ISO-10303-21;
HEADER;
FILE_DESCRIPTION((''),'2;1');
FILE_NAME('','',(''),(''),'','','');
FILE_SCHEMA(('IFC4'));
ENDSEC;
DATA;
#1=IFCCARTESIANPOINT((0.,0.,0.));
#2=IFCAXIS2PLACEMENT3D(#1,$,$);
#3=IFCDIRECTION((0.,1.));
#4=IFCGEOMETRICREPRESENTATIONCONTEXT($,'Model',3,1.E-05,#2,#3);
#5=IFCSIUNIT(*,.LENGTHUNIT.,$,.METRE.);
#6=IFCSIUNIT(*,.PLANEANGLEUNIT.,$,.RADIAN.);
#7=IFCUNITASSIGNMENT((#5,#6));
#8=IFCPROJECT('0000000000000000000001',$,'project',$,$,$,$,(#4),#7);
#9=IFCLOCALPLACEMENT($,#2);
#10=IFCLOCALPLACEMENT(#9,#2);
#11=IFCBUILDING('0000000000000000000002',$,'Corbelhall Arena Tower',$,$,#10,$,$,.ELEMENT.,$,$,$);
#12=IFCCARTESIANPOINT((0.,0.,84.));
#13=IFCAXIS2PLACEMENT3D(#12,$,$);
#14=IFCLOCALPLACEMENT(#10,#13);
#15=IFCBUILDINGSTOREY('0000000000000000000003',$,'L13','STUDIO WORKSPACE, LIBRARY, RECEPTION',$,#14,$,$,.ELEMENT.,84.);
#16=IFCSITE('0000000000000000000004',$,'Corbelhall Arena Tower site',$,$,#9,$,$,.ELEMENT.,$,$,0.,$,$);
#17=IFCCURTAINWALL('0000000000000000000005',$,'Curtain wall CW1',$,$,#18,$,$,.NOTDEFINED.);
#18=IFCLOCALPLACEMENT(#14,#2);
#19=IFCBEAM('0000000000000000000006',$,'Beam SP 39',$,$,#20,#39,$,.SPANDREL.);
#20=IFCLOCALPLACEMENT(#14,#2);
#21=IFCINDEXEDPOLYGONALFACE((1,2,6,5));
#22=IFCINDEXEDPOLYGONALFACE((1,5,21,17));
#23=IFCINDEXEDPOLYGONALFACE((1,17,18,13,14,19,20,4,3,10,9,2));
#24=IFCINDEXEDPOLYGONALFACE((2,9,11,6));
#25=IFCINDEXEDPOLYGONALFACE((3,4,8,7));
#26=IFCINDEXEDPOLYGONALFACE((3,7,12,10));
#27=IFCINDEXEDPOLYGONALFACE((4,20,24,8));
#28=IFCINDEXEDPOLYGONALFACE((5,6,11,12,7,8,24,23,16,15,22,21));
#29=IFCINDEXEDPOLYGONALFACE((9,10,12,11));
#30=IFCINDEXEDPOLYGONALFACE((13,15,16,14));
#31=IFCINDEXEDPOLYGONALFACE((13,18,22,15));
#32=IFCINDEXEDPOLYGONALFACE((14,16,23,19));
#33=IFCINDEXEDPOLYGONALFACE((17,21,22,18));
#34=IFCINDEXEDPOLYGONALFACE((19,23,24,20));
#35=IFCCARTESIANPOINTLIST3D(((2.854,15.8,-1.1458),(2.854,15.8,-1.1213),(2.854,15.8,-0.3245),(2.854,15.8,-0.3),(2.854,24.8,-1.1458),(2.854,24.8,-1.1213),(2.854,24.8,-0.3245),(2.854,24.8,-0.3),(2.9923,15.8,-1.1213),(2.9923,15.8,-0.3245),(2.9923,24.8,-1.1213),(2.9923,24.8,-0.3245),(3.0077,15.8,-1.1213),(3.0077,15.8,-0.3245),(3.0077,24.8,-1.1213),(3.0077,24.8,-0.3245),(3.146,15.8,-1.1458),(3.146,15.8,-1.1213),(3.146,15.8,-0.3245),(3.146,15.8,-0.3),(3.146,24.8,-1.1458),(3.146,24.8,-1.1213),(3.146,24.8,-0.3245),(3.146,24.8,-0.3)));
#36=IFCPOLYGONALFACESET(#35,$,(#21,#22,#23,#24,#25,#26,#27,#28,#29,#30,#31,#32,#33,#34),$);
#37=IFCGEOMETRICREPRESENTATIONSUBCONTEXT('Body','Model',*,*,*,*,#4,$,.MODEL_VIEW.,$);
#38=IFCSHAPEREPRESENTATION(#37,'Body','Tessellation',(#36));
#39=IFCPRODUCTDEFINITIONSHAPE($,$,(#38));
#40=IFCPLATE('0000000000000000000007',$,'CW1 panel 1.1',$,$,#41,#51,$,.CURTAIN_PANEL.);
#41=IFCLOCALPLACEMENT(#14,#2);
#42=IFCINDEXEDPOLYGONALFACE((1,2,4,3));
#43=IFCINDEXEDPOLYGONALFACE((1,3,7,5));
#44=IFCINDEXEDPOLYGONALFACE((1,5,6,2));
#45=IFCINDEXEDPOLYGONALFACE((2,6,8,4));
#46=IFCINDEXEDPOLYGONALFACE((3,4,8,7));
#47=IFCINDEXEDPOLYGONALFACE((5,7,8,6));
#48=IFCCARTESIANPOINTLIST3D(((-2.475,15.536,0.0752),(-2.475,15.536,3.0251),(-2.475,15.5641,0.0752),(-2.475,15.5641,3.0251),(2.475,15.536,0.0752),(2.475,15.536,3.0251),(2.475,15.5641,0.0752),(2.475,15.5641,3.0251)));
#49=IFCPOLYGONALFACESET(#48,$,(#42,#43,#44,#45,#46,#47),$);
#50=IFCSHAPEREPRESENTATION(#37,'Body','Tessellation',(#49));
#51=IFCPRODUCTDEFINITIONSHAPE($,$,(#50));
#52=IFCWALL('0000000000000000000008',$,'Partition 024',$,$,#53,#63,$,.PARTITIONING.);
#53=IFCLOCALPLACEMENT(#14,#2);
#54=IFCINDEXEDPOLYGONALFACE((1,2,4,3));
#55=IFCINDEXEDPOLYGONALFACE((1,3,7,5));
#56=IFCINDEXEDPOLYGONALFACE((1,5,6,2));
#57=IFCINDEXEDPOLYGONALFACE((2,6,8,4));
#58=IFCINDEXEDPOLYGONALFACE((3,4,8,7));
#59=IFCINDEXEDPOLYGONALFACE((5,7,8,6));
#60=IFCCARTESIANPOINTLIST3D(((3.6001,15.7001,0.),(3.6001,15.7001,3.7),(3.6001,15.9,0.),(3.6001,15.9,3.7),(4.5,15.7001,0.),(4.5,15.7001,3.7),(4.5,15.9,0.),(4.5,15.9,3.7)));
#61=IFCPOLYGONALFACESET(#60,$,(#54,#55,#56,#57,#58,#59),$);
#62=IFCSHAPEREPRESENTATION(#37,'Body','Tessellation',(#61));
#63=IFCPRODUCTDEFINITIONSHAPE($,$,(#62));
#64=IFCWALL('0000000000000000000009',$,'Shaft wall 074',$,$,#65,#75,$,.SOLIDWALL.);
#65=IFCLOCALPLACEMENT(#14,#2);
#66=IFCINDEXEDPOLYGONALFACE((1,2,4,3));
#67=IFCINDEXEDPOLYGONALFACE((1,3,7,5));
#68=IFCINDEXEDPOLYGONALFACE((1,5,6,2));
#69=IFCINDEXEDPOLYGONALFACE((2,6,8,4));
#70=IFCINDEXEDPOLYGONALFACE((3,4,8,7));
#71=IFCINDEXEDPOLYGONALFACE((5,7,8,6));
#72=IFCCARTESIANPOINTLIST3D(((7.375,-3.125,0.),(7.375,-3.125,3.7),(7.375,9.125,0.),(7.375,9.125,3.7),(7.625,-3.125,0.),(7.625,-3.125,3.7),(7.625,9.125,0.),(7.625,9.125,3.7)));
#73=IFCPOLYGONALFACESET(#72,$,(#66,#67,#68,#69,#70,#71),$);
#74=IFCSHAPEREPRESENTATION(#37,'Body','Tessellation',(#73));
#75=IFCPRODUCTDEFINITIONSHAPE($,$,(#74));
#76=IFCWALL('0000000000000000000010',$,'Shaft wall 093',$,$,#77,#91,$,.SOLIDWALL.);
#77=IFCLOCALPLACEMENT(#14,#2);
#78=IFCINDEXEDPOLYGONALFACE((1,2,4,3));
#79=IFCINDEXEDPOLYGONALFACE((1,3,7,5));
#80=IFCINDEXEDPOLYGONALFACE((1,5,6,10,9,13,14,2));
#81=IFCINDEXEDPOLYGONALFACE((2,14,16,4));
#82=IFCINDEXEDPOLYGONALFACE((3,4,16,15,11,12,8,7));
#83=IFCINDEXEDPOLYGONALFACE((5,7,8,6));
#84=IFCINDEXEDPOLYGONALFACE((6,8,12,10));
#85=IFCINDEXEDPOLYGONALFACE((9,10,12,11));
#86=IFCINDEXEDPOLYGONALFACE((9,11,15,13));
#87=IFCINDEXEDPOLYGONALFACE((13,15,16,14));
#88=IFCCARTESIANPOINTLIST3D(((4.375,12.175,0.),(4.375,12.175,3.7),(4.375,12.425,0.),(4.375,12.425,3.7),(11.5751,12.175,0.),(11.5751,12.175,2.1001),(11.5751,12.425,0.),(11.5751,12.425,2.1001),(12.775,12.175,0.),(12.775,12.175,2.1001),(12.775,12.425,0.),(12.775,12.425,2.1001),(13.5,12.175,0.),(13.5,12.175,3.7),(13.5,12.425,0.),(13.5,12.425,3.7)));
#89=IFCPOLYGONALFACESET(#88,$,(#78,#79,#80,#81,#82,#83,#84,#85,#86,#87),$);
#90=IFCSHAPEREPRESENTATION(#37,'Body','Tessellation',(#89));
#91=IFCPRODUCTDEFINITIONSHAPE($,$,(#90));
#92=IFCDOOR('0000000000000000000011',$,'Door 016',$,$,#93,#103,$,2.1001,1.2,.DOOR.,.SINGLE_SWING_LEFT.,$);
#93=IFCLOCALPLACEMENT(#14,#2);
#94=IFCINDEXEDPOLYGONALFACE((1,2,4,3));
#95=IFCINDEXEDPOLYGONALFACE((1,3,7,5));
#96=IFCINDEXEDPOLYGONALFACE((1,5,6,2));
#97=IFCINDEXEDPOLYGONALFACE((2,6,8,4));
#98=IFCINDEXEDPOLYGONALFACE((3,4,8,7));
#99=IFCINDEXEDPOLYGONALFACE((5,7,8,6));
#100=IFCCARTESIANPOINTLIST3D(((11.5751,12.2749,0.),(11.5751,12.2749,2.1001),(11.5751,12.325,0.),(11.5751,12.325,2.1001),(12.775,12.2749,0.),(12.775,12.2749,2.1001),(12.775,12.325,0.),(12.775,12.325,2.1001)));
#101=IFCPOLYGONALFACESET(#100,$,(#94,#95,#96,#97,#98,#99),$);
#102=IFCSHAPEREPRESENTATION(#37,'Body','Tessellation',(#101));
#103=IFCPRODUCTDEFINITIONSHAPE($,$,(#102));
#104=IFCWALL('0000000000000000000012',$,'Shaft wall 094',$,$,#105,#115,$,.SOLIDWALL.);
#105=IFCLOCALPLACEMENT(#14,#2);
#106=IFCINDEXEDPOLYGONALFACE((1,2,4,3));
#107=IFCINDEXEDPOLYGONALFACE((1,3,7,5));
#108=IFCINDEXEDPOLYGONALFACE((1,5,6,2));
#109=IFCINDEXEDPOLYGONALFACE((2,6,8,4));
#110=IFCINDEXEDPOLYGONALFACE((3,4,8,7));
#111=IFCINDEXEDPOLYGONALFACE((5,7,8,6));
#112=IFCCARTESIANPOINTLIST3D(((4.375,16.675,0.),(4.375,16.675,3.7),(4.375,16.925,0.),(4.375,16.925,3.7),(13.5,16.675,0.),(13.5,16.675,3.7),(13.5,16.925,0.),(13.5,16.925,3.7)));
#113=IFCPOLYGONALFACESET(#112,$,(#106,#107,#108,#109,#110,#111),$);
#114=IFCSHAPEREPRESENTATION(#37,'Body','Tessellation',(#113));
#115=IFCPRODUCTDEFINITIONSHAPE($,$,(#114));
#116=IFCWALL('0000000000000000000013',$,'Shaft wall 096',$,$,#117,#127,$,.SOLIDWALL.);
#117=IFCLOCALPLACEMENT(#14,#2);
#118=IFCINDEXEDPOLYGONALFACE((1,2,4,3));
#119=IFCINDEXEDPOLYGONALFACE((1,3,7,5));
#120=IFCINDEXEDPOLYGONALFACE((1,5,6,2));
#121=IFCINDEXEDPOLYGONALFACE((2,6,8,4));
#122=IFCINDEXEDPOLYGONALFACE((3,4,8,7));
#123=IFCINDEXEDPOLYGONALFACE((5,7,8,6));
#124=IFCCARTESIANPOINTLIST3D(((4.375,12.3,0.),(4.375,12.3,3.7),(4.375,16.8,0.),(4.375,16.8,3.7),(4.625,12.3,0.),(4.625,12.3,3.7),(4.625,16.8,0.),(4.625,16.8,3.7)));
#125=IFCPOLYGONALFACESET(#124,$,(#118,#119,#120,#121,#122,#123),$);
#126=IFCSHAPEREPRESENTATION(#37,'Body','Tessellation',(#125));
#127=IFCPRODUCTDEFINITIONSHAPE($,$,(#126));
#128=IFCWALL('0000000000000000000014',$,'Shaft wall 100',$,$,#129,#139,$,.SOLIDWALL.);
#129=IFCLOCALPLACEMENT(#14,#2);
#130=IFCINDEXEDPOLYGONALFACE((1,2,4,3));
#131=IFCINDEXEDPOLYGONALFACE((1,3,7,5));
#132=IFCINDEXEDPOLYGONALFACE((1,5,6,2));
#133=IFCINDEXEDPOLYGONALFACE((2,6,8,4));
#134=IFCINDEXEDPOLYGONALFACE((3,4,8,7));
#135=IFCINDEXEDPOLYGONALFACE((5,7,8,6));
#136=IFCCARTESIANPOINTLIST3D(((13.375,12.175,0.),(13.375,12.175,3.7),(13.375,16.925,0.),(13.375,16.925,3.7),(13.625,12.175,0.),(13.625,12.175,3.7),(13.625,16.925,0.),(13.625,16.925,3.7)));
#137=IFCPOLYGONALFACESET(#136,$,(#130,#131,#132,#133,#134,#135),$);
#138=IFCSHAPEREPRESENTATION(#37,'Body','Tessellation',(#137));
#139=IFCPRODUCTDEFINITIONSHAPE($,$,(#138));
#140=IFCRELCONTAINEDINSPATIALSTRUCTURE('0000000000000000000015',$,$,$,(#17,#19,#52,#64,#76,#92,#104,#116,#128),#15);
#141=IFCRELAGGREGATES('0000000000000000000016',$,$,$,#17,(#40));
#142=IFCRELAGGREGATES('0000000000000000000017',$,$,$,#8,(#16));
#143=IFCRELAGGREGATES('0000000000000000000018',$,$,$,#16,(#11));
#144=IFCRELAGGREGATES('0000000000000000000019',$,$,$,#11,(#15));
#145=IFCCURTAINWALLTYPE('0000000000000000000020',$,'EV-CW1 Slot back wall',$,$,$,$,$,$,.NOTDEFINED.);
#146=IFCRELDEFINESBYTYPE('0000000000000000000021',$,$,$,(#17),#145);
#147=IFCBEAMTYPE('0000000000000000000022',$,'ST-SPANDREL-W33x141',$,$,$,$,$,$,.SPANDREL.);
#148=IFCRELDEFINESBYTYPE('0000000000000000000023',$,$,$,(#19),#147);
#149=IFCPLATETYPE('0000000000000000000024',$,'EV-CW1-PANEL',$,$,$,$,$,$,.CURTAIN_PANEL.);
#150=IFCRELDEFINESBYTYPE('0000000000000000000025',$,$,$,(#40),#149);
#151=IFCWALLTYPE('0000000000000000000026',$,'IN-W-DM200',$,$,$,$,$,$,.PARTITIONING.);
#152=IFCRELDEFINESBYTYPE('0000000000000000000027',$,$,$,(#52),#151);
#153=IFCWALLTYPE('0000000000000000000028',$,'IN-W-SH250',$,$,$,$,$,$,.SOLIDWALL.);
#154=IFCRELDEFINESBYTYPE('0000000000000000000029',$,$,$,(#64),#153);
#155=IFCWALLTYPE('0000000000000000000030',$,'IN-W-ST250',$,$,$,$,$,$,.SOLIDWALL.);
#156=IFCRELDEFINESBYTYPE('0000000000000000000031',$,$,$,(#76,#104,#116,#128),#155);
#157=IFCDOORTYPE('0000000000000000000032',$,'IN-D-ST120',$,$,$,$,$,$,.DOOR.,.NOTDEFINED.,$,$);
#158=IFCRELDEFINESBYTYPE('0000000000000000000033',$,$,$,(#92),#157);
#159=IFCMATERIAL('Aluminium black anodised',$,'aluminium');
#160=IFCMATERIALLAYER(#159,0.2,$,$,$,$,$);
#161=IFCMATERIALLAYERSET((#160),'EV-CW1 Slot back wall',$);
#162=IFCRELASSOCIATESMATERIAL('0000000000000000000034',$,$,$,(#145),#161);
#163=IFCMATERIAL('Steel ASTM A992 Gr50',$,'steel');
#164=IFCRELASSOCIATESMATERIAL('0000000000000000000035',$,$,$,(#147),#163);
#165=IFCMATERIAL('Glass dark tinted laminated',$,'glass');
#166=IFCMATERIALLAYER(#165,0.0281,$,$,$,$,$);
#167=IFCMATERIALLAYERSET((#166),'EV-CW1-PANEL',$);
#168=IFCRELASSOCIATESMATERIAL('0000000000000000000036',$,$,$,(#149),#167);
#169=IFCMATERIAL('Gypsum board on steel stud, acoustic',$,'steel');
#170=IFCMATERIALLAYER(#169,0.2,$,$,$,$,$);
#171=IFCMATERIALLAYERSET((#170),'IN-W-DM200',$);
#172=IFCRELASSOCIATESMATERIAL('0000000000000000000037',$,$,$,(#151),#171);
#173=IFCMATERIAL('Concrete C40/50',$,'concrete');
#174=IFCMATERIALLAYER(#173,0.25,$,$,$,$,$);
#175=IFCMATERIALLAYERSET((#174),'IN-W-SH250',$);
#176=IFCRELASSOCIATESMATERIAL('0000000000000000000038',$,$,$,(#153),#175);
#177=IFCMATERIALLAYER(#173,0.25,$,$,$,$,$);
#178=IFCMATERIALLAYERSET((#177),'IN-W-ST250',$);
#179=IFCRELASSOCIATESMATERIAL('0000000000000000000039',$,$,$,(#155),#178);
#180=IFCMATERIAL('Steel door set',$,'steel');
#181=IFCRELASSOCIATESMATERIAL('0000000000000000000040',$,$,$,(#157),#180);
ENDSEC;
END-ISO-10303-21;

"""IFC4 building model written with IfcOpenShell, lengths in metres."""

from ifc_helpers import new_model, si_unit, direction, frame, frame_2d, origin, origin_2d, place, context, subcontext, project, spatial, rectangle, i_section, extrude, material, layer, layer_set, material_profile, profile_set, type_object, element, fill, aggregate, save


model = new_model("IFC4")

# Units and contexts
model_context = context("Model", 3, precision=1e-05, world=origin(), true_north=direction((0.0, 1.0)))
body_context = subcontext(model_context, "Body", "Model", "MODEL_VIEW")
ifc_project = project(units=[si_unit("LENGTHUNIT", "METRE"), si_unit("PLANEANGLEUNIT", "RADIAN")], contexts=[model_context])

# Site, building, storey
site_placement = place(None, origin())
site = spatial("IfcSite", under=ifc_project, at=site_placement, Name="Corbelhall Arena Tower site", CompositionType="ELEMENT", RefElevation=0.0)
building_placement = place(site_placement, origin())
building = spatial("IfcBuilding", under=site, at=building_placement, Name="Corbelhall Arena Tower", CompositionType="ELEMENT")
storey_placement = place(building_placement, frame((0.0, 0.0, 84.0)))
storey = spatial("IfcBuildingStorey", under=building, at=storey_placement, Name="L13", Description="STUDIO WORKSPACE, LIBRARY, RECEPTION", CompositionType="ELEMENT", Elevation=84.0)

# Curtain wall
ifc_material_1 = material(Name="Aluminium black anodised", Category="aluminium")
ifc_layer_1 = layer(ifc_material_1, 0.2)
ifc_layer_set_1 = layer_set([ifc_layer_1], Name="EV-CW1 Slot back wall")
curtain_wall_type = type_object("IfcCurtainWallType", Name="EV-CW1 Slot back wall", PredefinedType="NOTDEFINED", material=ifc_layer_set_1)
curtain_wall_placement = place(storey_placement, origin())
curtain_wall = element("IfcCurtainWall", 1, at=curtain_wall_placement, inside=storey, type_object=curtain_wall_type, Name="Curtain wall CW1", PredefinedType="NOTDEFINED")

# Beam
ifc_material_2 = material(Name="Steel ASTM A992 Gr50", Category="steel")
ifc_material_profile_1 = material_profile(ifc_material_2, i_section(OverallWidth=0.292, OverallDepth=0.8457, WebThickness=0.0154, FlangeThickness=0.0244, at=origin_2d()))
ifc_profile_set_1 = profile_set([ifc_material_profile_1], Name="Steel ASTM A992 Gr50")
beam_type_1 = type_object("IfcBeamType", Name="ST-SPANDREL-W33x141", PredefinedType="SPANDREL", material=ifc_profile_set_1)
beam_1_placement = place(storey_placement, frame((3.0, 15.8, -0.7229), z_axis=(0.0, 1.0, 0.0), x_axis=(-1.0, 0.0, 0.0)))
element("IfcBeam", 2, at=beam_1_placement, inside=storey, type_object=beam_type_1, Name="Beam SP 39", PredefinedType="SPANDREL", context=body_context, shape_type="SweptSolid", body=[
    extrude(i_section(OverallWidth=0.292, OverallDepth=0.8457, WebThickness=0.0154, FlangeThickness=0.0244, at=origin_2d()), origin(), (0.0, 0.0, 1.0), 9.0),
])

# Plate
ifc_material_3 = material(Name="Glass dark tinted laminated", Category="glass")
ifc_layer_2 = layer(ifc_material_3, 0.0281)
ifc_layer_set_2 = layer_set([ifc_layer_2], Name="EV-CW1-PANEL")
plate_type = type_object("IfcPlateType", Name="EV-CW1-PANEL", PredefinedType="CURTAIN_PANEL", material=ifc_layer_set_2)
plate_placement = place(storey_placement, frame((0.0, 15.55, 0.0752), z_axis=(0.0, 0.0, 1.0), x_axis=(-1.0, 0.0, 0.0)))
plate = element("IfcPlate", 3, at=plate_placement, type_object=plate_type, Name="CW1 panel 1.1", PredefinedType="CURTAIN_PANEL", context=body_context, shape_type="SweptSolid", body=[
    extrude(rectangle(XDim=4.95, YDim=0.0281, at=origin_2d()), origin(), (0.0, 0.0, 1.0), 2.95),
])
aggregate(curtain_wall, [plate])

# Wall
ifc_material_4 = material(Name="Gypsum board on steel stud, acoustic", Category="steel")
ifc_layer_3 = layer(ifc_material_4, 0.2)
ifc_layer_set_3 = layer_set([ifc_layer_3], Name="IN-W-DM200")
wall_type_1 = type_object("IfcWallType", Name="IN-W-DM200", PredefinedType="PARTITIONING", material=ifc_layer_set_3)
wall_1_placement = place(storey_placement, frame((3.6001, 15.8, 0.0), z_axis=(0.0, 0.0, 1.0), x_axis=(1.0, 0.0, 0.0)))
element("IfcWall", 4, at=wall_1_placement, inside=storey, type_object=wall_type_1, Name="Partition 024", PredefinedType="PARTITIONING", context=body_context, shape_type="SweptSolid", body=[
    extrude(rectangle(XDim=0.8999, YDim=0.2, at=frame_2d((0.45, 0.0))), origin(), (0.0, 0.0, 1.0), 3.7),
])

# Shared definitions
ifc_material_5 = material(Name="Steel door set", Category="steel")

# Wall
ifc_material_6 = material(Name="Concrete C40/50", Category="concrete")
ifc_layer_4 = layer(ifc_material_6, 0.25)
ifc_layer_set_4 = layer_set([ifc_layer_4], Name="IN-W-SH250")
wall_type_2 = type_object("IfcWallType", Name="IN-W-SH250", PredefinedType="SOLIDWALL", material=ifc_layer_set_4)
wall_2_placement = place(storey_placement, frame((7.5, 9.125, 0.0), z_axis=(0.0, 0.0, 1.0), x_axis=(0.0, -1.0, 0.0)))
element("IfcWall", 5, at=wall_2_placement, inside=storey, type_object=wall_type_2, Name="Shaft wall 074", PredefinedType="SOLIDWALL", context=body_context, shape_type="SweptSolid", body=[
    extrude(rectangle(XDim=12.25, YDim=0.25, at=frame_2d((6.125, 0.0))), origin(), (0.0, 0.0, 1.0), 3.7),
])

# Wall, opening, door
ifc_layer_5 = layer(ifc_material_6, 0.25)
ifc_layer_set_5 = layer_set([ifc_layer_5], Name="IN-W-ST250")
wall_type_3 = type_object("IfcWallType", Name="IN-W-ST250", PredefinedType="SOLIDWALL", material=ifc_layer_set_5)
wall_3_placement = place(storey_placement, frame((4.375, 12.3, 0.0), z_axis=(0.0, 0.0, 1.0), x_axis=(1.0, 0.0, 0.0)))
wall_3 = element("IfcWall", 6, at=wall_3_placement, inside=storey, type_object=wall_type_3, Name="Shaft wall 093", PredefinedType="SOLIDWALL", context=body_context, shape_type="SweptSolid", body=[
    extrude(rectangle(XDim=9.125, YDim=0.25, at=frame_2d((4.5625, 0.0))), origin(), (0.0, 0.0, 1.0), 3.7),
])
opening_1_placement = place(wall_3_placement, frame((7.2, 0.0, 0.0)))
opening_1 = element("IfcOpeningElement", 7, at=opening_1_placement, cuts=wall_3, PredefinedType="OPENING", context=body_context, shape_type="SweptSolid", body=[
    extrude(rectangle(XDim=1.2, YDim=2.1001, at=frame_2d((0.6001, 1.05))), frame((0.0, 0.125, 0.0), z_axis=(0.0, -1.0, 0.0), x_axis=(1.0, 0.0, 0.0)), (0.0, 0.0, 1.0), 0.25),
])
door_type_1 = type_object("IfcDoorType", Name="IN-D-ST120", OperationType="NOTDEFINED", PredefinedType="DOOR", material=ifc_material_5)
door_1_placement = place(opening_1_placement, origin())
door_1 = element("IfcDoor", 8, at=door_1_placement, inside=storey, type_object=door_type_1, Name="Door 016", OperationType="SINGLE_SWING_LEFT", OverallHeight=2.1001, OverallWidth=1.2, PredefinedType="DOOR", context=body_context, shape_type="SweptSolid", body=[
    extrude(rectangle(XDim=1.2, YDim=2.1001, at=frame_2d((0.6001, 1.05))), frame((0.0, 0.0249, 0.0), z_axis=(0.0, -1.0, 0.0), x_axis=(1.0, 0.0, 0.0)), (0.0, 0.0, 1.0), 0.05),
])
fill(opening_1, door_1)

# Walls
wall_4_placement = place(storey_placement, frame((4.375, 16.8, 0.0), z_axis=(0.0, 0.0, 1.0), x_axis=(1.0, 0.0, 0.0)))
element("IfcWall", 9, at=wall_4_placement, inside=storey, type_object=wall_type_3, Name="Shaft wall 094", PredefinedType="SOLIDWALL", context=body_context, shape_type="SweptSolid", body=[
    extrude(rectangle(XDim=9.125, YDim=0.25, at=frame_2d((4.5625, 0.0))), origin(), (0.0, 0.0, 1.0), 3.7),
])
wall_5_placement = place(storey_placement, frame((4.5, 12.3, 0.0), z_axis=(0.0, 0.0, 1.0), x_axis=(0.0, 1.0, 0.0)))
element("IfcWall", 10, at=wall_5_placement, inside=storey, type_object=wall_type_3, Name="Shaft wall 096", PredefinedType="SOLIDWALL", context=body_context, shape_type="SweptSolid", body=[
    extrude(rectangle(XDim=4.5, YDim=0.25, at=frame_2d((2.25, 0.0))), origin(), (0.0, 0.0, 1.0), 3.7),
])
wall_6_placement = place(storey_placement, frame((13.5, 12.175, 0.0), z_axis=(0.0, 0.0, 1.0), x_axis=(0.0, 1.0, 0.0)))
element("IfcWall", 11, at=wall_6_placement, inside=storey, type_object=wall_type_3, Name="Shaft wall 100", PredefinedType="SOLIDWALL", context=body_context, shape_type="SweptSolid", body=[
    extrude(rectangle(XDim=4.75, YDim=0.25, at=frame_2d((2.375, 0.0))), origin(), (0.0, 0.0, 1.0), 3.7),
])

save(model, "model.ifc")
